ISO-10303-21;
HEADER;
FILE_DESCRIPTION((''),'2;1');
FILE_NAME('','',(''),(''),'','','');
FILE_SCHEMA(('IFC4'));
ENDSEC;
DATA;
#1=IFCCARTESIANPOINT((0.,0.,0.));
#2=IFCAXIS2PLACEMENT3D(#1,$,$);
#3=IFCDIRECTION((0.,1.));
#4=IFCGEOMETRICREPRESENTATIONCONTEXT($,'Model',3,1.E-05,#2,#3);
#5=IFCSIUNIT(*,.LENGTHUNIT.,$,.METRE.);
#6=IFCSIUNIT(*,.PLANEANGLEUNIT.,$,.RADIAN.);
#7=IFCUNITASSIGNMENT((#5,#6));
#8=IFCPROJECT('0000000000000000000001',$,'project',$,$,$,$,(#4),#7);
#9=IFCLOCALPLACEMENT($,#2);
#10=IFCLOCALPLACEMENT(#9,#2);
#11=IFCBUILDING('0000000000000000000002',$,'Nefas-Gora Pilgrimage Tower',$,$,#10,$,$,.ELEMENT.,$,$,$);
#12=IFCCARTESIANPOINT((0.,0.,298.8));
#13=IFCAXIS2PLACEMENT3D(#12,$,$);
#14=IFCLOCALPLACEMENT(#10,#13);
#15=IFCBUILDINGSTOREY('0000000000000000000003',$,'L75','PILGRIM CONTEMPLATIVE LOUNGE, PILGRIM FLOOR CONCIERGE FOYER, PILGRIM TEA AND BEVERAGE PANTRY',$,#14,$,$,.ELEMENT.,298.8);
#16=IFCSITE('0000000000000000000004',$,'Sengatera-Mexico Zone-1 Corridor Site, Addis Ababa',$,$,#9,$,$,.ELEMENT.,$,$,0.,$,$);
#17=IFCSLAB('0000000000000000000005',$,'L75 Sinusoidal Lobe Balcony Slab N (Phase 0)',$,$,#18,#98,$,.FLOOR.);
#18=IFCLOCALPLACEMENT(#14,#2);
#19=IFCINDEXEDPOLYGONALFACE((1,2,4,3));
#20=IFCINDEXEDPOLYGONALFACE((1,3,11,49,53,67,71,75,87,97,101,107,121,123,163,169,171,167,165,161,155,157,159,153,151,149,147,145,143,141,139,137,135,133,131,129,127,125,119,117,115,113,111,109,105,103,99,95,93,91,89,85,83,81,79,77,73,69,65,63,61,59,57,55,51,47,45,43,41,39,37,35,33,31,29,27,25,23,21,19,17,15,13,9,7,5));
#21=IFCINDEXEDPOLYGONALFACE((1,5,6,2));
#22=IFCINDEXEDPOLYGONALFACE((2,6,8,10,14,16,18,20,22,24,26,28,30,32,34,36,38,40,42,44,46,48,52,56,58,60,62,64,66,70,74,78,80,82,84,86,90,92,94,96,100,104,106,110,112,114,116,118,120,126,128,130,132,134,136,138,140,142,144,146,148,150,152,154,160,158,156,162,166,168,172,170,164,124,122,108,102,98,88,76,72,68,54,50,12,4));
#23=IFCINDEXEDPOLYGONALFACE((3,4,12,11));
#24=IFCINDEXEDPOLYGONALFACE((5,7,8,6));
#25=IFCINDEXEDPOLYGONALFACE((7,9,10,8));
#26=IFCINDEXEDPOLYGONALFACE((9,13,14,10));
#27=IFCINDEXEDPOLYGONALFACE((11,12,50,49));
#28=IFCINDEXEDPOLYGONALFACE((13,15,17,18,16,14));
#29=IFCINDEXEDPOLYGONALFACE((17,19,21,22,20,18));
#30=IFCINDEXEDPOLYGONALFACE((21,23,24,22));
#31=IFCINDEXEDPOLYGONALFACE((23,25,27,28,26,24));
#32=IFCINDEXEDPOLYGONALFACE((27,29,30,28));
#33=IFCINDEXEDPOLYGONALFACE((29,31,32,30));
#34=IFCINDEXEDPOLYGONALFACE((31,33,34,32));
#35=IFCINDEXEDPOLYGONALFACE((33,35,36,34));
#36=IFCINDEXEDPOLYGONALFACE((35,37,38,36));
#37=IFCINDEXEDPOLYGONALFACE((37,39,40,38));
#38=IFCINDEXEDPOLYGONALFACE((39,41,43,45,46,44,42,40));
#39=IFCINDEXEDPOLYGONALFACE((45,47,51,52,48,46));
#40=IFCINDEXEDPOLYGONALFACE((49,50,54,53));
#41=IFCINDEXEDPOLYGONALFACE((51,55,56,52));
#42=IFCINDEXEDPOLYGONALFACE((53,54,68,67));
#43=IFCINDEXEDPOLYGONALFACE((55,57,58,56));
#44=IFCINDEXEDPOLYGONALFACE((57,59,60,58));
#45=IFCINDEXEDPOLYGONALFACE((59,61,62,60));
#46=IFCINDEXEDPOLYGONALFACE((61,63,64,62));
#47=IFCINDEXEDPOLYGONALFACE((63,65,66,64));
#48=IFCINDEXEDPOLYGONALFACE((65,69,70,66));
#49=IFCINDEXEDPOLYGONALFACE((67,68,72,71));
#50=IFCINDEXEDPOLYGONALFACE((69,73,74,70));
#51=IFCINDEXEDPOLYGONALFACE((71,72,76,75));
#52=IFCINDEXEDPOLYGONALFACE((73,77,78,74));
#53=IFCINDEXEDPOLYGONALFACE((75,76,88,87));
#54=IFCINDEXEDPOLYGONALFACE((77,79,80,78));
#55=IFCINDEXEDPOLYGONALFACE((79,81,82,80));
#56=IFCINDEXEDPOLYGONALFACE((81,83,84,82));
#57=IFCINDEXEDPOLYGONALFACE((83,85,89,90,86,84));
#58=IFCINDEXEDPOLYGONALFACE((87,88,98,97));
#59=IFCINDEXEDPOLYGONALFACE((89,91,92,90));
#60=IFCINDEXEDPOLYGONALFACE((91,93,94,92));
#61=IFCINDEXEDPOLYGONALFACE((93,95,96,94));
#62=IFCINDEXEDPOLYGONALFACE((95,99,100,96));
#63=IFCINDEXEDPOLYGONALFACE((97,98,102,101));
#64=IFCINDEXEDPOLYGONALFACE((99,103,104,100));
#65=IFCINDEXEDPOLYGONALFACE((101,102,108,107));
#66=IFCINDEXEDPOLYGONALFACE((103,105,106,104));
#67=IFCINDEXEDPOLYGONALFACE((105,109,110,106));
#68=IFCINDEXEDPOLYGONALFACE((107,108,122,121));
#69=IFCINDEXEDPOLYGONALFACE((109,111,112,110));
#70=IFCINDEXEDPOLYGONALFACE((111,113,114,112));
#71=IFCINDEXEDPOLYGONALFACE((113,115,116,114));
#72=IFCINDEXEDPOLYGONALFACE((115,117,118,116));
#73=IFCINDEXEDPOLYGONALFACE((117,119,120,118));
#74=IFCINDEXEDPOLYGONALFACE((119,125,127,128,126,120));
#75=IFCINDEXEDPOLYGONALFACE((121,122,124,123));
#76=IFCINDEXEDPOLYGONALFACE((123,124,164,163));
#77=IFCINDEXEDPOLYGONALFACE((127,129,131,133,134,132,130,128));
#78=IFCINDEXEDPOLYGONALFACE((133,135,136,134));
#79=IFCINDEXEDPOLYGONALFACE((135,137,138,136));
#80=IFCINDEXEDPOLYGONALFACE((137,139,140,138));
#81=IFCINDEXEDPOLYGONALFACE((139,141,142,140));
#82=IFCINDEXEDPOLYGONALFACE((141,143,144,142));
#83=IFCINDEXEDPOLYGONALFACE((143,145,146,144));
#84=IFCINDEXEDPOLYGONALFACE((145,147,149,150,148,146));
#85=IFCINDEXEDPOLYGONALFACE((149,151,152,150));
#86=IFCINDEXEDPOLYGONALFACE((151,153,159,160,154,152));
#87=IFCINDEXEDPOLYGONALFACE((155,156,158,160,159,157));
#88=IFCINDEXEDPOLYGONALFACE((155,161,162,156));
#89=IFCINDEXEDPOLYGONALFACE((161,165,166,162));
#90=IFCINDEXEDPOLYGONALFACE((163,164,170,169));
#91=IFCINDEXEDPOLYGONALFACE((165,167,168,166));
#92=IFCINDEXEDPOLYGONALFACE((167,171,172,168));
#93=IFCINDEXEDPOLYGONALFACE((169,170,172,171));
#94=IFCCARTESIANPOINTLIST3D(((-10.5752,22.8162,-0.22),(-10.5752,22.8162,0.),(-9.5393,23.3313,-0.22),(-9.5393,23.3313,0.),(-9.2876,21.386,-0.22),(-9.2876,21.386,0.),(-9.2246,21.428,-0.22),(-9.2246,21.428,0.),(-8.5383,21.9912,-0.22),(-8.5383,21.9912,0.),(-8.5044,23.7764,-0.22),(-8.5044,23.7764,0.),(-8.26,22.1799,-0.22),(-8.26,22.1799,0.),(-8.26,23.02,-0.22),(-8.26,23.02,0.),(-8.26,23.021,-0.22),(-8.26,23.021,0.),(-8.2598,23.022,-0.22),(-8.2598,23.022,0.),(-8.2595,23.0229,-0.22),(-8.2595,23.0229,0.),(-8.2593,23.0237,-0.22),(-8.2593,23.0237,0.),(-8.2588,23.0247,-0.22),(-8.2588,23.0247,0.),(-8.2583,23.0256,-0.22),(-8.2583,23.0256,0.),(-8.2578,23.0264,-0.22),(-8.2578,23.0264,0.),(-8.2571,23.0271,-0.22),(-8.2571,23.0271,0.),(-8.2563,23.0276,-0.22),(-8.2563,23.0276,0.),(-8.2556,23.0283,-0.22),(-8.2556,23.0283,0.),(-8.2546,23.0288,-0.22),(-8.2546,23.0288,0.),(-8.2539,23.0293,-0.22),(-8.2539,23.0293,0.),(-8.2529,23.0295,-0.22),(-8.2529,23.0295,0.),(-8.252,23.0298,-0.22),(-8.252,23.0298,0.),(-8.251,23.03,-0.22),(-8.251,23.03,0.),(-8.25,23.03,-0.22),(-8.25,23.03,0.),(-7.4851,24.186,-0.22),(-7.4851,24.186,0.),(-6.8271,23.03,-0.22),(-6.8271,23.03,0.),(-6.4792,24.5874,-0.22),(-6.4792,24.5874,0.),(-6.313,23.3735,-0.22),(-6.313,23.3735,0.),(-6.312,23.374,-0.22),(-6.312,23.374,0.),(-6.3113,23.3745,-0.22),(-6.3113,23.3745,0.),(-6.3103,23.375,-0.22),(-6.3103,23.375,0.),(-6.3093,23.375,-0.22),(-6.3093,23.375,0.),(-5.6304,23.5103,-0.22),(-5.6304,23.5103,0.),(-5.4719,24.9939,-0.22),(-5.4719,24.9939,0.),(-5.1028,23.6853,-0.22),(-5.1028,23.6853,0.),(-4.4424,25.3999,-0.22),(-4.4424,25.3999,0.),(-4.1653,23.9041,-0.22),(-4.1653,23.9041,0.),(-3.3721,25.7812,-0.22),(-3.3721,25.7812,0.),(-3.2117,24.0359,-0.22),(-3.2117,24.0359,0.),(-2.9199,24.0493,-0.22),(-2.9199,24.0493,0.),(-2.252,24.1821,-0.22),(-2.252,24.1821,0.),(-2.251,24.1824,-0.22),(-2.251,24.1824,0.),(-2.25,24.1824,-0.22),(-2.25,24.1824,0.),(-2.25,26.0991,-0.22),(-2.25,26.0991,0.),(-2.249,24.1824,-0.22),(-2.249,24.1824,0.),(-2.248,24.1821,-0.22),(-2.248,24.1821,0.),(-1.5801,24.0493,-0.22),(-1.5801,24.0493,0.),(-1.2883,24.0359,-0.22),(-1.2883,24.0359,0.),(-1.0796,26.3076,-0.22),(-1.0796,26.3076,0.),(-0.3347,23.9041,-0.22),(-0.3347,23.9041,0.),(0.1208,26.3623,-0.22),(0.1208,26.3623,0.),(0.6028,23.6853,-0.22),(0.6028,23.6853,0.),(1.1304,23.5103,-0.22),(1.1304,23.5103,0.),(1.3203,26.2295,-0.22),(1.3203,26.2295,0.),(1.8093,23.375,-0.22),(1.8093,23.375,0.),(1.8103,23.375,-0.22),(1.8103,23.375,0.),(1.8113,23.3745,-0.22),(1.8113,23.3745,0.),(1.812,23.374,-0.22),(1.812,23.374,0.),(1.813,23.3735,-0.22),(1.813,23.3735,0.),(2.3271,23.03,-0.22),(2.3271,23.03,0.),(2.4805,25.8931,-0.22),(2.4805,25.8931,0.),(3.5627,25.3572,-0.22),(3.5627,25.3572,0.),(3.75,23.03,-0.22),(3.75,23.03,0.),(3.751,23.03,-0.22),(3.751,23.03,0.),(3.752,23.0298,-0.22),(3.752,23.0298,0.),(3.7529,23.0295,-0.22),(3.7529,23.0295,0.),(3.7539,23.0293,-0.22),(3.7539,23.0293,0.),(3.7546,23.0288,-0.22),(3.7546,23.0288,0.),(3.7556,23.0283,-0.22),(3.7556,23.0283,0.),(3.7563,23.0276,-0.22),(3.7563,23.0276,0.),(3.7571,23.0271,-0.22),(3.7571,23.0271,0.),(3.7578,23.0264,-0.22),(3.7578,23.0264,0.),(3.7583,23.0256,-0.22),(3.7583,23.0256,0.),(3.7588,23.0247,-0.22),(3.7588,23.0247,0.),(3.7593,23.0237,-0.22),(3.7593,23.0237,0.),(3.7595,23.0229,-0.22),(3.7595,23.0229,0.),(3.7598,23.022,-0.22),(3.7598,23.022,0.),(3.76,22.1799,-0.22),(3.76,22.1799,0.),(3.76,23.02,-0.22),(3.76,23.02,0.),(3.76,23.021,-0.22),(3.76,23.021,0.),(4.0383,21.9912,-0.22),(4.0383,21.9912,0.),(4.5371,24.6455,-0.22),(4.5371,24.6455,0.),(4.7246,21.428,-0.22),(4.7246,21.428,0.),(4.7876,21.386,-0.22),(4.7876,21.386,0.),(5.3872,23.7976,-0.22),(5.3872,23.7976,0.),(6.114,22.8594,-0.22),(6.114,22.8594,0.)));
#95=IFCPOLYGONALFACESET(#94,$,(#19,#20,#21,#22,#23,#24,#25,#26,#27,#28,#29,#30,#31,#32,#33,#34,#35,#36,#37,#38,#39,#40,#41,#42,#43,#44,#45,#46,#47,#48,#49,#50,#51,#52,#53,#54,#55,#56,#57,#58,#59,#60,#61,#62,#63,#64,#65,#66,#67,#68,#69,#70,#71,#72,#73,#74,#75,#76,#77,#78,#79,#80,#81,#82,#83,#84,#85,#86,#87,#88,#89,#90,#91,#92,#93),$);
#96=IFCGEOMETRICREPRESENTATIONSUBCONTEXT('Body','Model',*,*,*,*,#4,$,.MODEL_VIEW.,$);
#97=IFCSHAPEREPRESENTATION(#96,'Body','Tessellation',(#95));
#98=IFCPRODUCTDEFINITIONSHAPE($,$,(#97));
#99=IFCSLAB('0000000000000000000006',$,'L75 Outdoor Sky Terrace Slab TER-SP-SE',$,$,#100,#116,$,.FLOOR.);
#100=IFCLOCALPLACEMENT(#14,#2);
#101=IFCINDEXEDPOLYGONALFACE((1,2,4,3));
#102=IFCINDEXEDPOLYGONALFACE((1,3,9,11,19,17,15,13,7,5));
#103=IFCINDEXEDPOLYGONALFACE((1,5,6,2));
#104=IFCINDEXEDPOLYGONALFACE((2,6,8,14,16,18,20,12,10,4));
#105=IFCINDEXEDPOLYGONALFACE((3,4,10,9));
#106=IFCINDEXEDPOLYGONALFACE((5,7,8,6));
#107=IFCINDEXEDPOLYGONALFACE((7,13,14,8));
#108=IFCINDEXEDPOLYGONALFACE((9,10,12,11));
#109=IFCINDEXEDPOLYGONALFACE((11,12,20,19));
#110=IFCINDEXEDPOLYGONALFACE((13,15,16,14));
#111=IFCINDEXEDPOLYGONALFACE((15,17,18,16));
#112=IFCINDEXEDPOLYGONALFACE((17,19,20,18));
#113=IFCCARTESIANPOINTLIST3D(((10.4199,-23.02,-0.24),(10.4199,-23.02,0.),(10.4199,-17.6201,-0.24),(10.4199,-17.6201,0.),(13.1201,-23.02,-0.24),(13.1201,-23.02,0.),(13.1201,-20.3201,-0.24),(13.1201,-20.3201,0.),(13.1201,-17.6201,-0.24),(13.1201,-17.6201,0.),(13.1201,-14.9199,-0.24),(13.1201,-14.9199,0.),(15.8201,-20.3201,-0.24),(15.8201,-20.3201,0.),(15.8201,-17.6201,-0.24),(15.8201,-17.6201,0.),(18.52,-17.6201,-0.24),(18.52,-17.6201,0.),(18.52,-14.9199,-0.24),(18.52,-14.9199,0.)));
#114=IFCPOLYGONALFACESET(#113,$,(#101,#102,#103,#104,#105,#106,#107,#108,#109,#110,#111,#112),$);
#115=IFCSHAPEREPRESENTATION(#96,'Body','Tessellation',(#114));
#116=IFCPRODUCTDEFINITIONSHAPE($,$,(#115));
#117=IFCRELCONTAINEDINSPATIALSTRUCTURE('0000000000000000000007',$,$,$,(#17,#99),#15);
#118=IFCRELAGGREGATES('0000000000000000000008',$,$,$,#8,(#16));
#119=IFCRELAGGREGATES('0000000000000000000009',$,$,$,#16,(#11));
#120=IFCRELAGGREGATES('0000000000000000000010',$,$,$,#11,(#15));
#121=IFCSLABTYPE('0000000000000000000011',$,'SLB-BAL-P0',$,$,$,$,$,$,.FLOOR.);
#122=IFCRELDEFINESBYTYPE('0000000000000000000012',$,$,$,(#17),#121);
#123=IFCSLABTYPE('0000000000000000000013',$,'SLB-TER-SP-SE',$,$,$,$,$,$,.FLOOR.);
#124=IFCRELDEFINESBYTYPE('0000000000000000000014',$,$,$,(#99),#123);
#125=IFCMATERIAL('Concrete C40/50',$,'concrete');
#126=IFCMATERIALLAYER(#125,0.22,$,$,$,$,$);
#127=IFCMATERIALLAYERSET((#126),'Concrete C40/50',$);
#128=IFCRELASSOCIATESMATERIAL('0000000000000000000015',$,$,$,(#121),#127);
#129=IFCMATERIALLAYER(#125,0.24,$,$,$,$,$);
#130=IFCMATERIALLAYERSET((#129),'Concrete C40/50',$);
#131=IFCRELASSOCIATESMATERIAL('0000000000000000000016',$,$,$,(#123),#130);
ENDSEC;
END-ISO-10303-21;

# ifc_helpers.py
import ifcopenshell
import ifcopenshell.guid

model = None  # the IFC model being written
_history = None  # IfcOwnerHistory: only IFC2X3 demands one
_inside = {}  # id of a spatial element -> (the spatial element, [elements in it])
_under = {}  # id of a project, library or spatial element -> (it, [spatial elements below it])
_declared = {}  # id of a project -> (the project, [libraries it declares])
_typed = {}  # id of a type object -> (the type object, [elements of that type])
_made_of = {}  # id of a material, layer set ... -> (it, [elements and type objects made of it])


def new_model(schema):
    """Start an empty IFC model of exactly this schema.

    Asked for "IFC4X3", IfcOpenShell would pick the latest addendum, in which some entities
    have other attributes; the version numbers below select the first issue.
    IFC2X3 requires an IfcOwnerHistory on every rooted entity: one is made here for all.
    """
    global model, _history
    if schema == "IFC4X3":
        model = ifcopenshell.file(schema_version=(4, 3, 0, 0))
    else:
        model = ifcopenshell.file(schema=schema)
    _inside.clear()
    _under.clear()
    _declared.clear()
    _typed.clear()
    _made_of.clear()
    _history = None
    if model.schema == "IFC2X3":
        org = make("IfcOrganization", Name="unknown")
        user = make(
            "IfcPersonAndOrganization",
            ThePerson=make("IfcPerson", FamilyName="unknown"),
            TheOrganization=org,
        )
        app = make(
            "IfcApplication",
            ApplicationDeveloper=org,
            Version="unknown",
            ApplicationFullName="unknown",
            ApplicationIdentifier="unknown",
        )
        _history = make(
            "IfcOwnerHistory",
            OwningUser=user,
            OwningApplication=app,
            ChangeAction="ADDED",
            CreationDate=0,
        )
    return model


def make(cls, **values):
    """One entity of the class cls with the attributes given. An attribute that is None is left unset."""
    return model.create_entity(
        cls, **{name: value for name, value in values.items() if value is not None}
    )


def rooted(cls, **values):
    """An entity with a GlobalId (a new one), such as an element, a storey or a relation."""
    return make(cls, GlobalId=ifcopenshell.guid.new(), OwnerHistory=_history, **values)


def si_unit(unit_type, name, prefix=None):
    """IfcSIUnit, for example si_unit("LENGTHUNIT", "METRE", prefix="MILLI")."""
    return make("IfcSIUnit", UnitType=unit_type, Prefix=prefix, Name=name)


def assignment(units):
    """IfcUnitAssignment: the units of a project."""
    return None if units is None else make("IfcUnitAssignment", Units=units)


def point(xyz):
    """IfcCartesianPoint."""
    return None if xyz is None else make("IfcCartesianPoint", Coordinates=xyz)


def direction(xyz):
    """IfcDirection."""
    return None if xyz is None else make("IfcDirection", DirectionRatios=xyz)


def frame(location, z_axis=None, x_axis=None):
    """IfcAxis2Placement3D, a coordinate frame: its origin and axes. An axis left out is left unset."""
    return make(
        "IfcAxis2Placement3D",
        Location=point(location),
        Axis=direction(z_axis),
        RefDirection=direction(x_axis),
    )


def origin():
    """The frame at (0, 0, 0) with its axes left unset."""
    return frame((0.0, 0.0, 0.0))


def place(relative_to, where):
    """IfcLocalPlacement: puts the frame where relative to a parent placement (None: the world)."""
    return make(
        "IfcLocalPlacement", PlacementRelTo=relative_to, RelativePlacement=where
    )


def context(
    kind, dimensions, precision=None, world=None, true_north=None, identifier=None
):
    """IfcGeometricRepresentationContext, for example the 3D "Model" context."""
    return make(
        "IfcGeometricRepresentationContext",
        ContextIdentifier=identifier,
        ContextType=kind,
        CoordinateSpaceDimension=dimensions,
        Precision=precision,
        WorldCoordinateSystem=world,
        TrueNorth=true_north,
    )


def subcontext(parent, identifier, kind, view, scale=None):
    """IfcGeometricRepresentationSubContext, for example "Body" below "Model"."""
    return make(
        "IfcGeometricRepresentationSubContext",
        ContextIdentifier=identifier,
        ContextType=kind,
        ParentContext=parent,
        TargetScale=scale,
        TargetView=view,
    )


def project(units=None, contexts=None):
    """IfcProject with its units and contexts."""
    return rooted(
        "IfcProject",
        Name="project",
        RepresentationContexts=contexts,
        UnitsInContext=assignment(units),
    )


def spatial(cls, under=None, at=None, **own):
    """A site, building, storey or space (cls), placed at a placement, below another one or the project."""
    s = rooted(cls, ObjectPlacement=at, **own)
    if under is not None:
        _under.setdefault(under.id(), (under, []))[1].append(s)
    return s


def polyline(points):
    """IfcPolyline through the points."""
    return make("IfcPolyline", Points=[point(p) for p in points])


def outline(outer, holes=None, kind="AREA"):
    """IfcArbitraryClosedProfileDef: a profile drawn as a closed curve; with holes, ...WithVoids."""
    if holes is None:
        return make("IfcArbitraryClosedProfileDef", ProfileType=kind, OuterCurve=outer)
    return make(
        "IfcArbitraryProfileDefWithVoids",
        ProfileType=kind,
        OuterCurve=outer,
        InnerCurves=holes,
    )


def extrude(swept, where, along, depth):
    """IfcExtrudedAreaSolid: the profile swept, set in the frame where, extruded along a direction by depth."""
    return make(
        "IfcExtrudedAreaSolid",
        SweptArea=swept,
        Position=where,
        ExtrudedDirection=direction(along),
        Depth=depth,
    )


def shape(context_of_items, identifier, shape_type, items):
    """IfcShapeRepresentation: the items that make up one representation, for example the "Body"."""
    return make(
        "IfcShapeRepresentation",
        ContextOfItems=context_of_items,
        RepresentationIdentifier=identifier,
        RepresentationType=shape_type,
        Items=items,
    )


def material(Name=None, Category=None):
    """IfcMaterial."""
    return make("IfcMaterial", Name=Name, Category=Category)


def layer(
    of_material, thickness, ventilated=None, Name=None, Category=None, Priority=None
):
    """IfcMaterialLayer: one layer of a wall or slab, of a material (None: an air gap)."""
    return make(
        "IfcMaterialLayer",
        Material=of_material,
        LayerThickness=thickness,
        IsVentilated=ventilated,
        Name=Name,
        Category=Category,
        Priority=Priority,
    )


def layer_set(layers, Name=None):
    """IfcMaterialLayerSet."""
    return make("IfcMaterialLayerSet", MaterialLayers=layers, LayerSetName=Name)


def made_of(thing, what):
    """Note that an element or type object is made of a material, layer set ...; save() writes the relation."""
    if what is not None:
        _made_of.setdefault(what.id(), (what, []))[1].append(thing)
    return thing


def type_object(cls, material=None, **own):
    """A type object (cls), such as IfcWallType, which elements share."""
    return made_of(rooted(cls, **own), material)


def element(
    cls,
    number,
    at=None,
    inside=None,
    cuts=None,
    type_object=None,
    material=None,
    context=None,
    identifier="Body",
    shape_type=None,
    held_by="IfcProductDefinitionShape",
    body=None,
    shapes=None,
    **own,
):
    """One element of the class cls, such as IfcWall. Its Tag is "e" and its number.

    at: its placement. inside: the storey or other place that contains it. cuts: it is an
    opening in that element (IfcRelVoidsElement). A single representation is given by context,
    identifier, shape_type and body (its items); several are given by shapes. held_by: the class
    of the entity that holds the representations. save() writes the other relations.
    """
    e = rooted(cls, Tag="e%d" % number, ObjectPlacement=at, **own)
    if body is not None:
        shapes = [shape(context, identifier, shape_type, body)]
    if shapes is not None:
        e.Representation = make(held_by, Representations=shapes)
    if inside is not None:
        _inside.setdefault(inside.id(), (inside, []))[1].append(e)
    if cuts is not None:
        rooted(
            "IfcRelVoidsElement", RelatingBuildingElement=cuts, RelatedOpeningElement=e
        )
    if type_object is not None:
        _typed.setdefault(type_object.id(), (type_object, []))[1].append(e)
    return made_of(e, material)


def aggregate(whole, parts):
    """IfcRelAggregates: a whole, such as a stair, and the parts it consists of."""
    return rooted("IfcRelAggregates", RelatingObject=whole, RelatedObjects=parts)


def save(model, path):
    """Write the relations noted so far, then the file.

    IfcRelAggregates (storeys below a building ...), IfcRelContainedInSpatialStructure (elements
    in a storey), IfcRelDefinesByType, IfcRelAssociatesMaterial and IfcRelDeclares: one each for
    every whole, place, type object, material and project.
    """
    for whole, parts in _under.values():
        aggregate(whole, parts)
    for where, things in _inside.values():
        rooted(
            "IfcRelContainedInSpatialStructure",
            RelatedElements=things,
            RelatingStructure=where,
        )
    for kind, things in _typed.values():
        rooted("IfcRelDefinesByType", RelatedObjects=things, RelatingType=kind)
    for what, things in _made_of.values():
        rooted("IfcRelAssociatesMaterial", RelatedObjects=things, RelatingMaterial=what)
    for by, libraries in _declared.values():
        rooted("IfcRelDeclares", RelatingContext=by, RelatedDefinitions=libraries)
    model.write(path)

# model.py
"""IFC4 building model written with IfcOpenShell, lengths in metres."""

from ifc_helpers import new_model, si_unit, direction, frame, origin, place, context, subcontext, project, spatial, polyline, outline, extrude, material, layer, layer_set, type_object, element, save


model = new_model("IFC4")

# Units and contexts
model_context = context("Model", 3, precision=1e-05, world=origin(), true_north=direction((0.0, 1.0)))
body_context = subcontext(model_context, "Body", "Model", "MODEL_VIEW")
ifc_project = project(units=[si_unit("LENGTHUNIT", "METRE"), si_unit("PLANEANGLEUNIT", "RADIAN")], contexts=[model_context])

# Site, building, storey
site_placement = place(None, origin())
site = spatial("IfcSite", under=ifc_project, at=site_placement, Name="Sengatera-Mexico Zone-1 Corridor Site, Addis Ababa", CompositionType="ELEMENT", RefElevation=0.0)
building_placement = place(site_placement, origin())
building = spatial("IfcBuilding", under=site, at=building_placement, Name="Nefas-Gora Pilgrimage Tower", CompositionType="ELEMENT")
storey_placement = place(building_placement, frame((0.0, 0.0, 298.8)))
storey = spatial("IfcBuildingStorey", under=building, at=storey_placement, Name="L75", Description="PILGRIM CONTEMPLATIVE LOUNGE, PILGRIM FLOOR CONCIERGE FOYER, PILGRIM TEA AND BEVERAGE PANTRY", CompositionType="ELEMENT", Elevation=298.8)

# Slabs
ifc_material_1 = material(Name="Concrete C40/50", Category="concrete")
ifc_layer_1 = layer(ifc_material_1, 0.22)
ifc_layer_set_1 = layer_set([ifc_layer_1], Name="Concrete C40/50")
slab_type_1 = type_object("IfcSlabType", Name="SLB-BAL-P0", PredefinedType="FLOOR", material=ifc_layer_set_1)
slab_1_placement = place(storey_placement, frame((0.0, 0.0, -0.22)))
element("IfcSlab", 1, at=slab_1_placement, inside=storey, type_object=slab_type_1, Name="L75 Sinusoidal Lobe Balcony Slab N (Phase 0)", PredefinedType="FLOOR", context=body_context, shape_type="SweptSolid", body=[
    extrude(outline(polyline([(-9.2876, 21.386), (-9.2246, 21.428), (-8.5383, 21.9912), (-8.26, 22.1799), (-8.26, 23.02), (-8.26, 23.021), (-8.2598, 23.022), (-8.2595, 23.0229), (-8.2593, 23.0237), (-8.2588, 23.0247), (-8.2583, 23.0256), (-8.2578, 23.0264), (-8.2571, 23.0271), (-8.2563, 23.0276), (-8.2556, 23.0283), (-8.2546, 23.0288), (-8.2539, 23.0293), (-8.2529, 23.0295), (-8.252, 23.0298), (-8.251, 23.03), (-8.25, 23.03), (-6.8271, 23.03), (-6.313, 23.3735), (-6.312, 23.374), (-6.3113, 23.3745), (-6.3103, 23.375), (-6.3093, 23.375), (-5.6304, 23.5103), (-5.1028, 23.6853), (-4.1653, 23.9041), (-3.2117, 24.0359), (-2.9199, 24.0493), (-2.252, 24.1821), (-2.251, 24.1824), (-2.25, 24.1824), (-2.249, 24.1824), (-2.248, 24.1821), (-1.5801, 24.0493), (-1.2883, 24.0359), (-0.3347, 23.9041), (0.6028, 23.6853), (1.1304, 23.5103), (1.8093, 23.375), (1.8103, 23.375), (1.8113, 23.3745), (1.812, 23.374), (1.813, 23.3735), (2.3271, 23.03), (3.75, 23.03), (3.751, 23.03), (3.752, 23.0298), (3.7529, 23.0295), (3.7539, 23.0293), (3.7546, 23.0288), (3.7556, 23.0283), (3.7563, 23.0276), (3.7571, 23.0271), (3.7578, 23.0264), (3.7583, 23.0256), (3.7588, 23.0247), (3.7593, 23.0237), (3.7595, 23.0229), (3.7598, 23.022), (3.76, 23.021), (3.76, 23.02), (3.76, 22.1799), (4.0383, 21.9912), (4.7246, 21.428), (4.7876, 21.386), (6.114, 22.8594), (5.3872, 23.7976), (4.5371, 24.6455), (3.5627, 25.3572), (2.4805, 25.8931), (1.3203, 26.2295), (0.1208, 26.3623), (-1.0796, 26.3076), (-2.25, 26.0991), (-3.3721, 25.7812), (-4.4424, 25.3999), (-5.4719, 24.9939), (-6.4792, 24.5874), (-7.4851, 24.186), (-8.5044, 23.7764), (-9.5393, 23.3313), (-10.5752, 22.8162), (-9.2876, 21.386)])), origin(), (0.0, 0.0, 1.0), 0.22),
])
ifc_layer_2 = layer(ifc_material_1, 0.24)
ifc_layer_set_2 = layer_set([ifc_layer_2], Name="Concrete C40/50")
slab_type_2 = type_object("IfcSlabType", Name="SLB-TER-SP-SE", PredefinedType="FLOOR", material=ifc_layer_set_2)
slab_2_placement = place(storey_placement, frame((0.0, 0.0, -0.24)))
element("IfcSlab", 2, at=slab_2_placement, inside=storey, type_object=slab_type_2, Name="L75 Outdoor Sky Terrace Slab TER-SP-SE", PredefinedType="FLOOR", context=body_context, shape_type="SweptSolid", body=[
    extrude(outline(polyline([(18.52, -17.6201), (18.52, -14.9199), (13.1201, -14.9199), (13.1201, -17.6201), (10.4199, -17.6201), (10.4199, -23.02), (13.1201, -23.02), (13.1201, -20.3201), (15.8201, -20.3201), (15.8201, -17.6201), (18.52, -17.6201)])), origin(), (0.0, 0.0, 1.0), 0.24),
])

save(model, "model.ifc")
